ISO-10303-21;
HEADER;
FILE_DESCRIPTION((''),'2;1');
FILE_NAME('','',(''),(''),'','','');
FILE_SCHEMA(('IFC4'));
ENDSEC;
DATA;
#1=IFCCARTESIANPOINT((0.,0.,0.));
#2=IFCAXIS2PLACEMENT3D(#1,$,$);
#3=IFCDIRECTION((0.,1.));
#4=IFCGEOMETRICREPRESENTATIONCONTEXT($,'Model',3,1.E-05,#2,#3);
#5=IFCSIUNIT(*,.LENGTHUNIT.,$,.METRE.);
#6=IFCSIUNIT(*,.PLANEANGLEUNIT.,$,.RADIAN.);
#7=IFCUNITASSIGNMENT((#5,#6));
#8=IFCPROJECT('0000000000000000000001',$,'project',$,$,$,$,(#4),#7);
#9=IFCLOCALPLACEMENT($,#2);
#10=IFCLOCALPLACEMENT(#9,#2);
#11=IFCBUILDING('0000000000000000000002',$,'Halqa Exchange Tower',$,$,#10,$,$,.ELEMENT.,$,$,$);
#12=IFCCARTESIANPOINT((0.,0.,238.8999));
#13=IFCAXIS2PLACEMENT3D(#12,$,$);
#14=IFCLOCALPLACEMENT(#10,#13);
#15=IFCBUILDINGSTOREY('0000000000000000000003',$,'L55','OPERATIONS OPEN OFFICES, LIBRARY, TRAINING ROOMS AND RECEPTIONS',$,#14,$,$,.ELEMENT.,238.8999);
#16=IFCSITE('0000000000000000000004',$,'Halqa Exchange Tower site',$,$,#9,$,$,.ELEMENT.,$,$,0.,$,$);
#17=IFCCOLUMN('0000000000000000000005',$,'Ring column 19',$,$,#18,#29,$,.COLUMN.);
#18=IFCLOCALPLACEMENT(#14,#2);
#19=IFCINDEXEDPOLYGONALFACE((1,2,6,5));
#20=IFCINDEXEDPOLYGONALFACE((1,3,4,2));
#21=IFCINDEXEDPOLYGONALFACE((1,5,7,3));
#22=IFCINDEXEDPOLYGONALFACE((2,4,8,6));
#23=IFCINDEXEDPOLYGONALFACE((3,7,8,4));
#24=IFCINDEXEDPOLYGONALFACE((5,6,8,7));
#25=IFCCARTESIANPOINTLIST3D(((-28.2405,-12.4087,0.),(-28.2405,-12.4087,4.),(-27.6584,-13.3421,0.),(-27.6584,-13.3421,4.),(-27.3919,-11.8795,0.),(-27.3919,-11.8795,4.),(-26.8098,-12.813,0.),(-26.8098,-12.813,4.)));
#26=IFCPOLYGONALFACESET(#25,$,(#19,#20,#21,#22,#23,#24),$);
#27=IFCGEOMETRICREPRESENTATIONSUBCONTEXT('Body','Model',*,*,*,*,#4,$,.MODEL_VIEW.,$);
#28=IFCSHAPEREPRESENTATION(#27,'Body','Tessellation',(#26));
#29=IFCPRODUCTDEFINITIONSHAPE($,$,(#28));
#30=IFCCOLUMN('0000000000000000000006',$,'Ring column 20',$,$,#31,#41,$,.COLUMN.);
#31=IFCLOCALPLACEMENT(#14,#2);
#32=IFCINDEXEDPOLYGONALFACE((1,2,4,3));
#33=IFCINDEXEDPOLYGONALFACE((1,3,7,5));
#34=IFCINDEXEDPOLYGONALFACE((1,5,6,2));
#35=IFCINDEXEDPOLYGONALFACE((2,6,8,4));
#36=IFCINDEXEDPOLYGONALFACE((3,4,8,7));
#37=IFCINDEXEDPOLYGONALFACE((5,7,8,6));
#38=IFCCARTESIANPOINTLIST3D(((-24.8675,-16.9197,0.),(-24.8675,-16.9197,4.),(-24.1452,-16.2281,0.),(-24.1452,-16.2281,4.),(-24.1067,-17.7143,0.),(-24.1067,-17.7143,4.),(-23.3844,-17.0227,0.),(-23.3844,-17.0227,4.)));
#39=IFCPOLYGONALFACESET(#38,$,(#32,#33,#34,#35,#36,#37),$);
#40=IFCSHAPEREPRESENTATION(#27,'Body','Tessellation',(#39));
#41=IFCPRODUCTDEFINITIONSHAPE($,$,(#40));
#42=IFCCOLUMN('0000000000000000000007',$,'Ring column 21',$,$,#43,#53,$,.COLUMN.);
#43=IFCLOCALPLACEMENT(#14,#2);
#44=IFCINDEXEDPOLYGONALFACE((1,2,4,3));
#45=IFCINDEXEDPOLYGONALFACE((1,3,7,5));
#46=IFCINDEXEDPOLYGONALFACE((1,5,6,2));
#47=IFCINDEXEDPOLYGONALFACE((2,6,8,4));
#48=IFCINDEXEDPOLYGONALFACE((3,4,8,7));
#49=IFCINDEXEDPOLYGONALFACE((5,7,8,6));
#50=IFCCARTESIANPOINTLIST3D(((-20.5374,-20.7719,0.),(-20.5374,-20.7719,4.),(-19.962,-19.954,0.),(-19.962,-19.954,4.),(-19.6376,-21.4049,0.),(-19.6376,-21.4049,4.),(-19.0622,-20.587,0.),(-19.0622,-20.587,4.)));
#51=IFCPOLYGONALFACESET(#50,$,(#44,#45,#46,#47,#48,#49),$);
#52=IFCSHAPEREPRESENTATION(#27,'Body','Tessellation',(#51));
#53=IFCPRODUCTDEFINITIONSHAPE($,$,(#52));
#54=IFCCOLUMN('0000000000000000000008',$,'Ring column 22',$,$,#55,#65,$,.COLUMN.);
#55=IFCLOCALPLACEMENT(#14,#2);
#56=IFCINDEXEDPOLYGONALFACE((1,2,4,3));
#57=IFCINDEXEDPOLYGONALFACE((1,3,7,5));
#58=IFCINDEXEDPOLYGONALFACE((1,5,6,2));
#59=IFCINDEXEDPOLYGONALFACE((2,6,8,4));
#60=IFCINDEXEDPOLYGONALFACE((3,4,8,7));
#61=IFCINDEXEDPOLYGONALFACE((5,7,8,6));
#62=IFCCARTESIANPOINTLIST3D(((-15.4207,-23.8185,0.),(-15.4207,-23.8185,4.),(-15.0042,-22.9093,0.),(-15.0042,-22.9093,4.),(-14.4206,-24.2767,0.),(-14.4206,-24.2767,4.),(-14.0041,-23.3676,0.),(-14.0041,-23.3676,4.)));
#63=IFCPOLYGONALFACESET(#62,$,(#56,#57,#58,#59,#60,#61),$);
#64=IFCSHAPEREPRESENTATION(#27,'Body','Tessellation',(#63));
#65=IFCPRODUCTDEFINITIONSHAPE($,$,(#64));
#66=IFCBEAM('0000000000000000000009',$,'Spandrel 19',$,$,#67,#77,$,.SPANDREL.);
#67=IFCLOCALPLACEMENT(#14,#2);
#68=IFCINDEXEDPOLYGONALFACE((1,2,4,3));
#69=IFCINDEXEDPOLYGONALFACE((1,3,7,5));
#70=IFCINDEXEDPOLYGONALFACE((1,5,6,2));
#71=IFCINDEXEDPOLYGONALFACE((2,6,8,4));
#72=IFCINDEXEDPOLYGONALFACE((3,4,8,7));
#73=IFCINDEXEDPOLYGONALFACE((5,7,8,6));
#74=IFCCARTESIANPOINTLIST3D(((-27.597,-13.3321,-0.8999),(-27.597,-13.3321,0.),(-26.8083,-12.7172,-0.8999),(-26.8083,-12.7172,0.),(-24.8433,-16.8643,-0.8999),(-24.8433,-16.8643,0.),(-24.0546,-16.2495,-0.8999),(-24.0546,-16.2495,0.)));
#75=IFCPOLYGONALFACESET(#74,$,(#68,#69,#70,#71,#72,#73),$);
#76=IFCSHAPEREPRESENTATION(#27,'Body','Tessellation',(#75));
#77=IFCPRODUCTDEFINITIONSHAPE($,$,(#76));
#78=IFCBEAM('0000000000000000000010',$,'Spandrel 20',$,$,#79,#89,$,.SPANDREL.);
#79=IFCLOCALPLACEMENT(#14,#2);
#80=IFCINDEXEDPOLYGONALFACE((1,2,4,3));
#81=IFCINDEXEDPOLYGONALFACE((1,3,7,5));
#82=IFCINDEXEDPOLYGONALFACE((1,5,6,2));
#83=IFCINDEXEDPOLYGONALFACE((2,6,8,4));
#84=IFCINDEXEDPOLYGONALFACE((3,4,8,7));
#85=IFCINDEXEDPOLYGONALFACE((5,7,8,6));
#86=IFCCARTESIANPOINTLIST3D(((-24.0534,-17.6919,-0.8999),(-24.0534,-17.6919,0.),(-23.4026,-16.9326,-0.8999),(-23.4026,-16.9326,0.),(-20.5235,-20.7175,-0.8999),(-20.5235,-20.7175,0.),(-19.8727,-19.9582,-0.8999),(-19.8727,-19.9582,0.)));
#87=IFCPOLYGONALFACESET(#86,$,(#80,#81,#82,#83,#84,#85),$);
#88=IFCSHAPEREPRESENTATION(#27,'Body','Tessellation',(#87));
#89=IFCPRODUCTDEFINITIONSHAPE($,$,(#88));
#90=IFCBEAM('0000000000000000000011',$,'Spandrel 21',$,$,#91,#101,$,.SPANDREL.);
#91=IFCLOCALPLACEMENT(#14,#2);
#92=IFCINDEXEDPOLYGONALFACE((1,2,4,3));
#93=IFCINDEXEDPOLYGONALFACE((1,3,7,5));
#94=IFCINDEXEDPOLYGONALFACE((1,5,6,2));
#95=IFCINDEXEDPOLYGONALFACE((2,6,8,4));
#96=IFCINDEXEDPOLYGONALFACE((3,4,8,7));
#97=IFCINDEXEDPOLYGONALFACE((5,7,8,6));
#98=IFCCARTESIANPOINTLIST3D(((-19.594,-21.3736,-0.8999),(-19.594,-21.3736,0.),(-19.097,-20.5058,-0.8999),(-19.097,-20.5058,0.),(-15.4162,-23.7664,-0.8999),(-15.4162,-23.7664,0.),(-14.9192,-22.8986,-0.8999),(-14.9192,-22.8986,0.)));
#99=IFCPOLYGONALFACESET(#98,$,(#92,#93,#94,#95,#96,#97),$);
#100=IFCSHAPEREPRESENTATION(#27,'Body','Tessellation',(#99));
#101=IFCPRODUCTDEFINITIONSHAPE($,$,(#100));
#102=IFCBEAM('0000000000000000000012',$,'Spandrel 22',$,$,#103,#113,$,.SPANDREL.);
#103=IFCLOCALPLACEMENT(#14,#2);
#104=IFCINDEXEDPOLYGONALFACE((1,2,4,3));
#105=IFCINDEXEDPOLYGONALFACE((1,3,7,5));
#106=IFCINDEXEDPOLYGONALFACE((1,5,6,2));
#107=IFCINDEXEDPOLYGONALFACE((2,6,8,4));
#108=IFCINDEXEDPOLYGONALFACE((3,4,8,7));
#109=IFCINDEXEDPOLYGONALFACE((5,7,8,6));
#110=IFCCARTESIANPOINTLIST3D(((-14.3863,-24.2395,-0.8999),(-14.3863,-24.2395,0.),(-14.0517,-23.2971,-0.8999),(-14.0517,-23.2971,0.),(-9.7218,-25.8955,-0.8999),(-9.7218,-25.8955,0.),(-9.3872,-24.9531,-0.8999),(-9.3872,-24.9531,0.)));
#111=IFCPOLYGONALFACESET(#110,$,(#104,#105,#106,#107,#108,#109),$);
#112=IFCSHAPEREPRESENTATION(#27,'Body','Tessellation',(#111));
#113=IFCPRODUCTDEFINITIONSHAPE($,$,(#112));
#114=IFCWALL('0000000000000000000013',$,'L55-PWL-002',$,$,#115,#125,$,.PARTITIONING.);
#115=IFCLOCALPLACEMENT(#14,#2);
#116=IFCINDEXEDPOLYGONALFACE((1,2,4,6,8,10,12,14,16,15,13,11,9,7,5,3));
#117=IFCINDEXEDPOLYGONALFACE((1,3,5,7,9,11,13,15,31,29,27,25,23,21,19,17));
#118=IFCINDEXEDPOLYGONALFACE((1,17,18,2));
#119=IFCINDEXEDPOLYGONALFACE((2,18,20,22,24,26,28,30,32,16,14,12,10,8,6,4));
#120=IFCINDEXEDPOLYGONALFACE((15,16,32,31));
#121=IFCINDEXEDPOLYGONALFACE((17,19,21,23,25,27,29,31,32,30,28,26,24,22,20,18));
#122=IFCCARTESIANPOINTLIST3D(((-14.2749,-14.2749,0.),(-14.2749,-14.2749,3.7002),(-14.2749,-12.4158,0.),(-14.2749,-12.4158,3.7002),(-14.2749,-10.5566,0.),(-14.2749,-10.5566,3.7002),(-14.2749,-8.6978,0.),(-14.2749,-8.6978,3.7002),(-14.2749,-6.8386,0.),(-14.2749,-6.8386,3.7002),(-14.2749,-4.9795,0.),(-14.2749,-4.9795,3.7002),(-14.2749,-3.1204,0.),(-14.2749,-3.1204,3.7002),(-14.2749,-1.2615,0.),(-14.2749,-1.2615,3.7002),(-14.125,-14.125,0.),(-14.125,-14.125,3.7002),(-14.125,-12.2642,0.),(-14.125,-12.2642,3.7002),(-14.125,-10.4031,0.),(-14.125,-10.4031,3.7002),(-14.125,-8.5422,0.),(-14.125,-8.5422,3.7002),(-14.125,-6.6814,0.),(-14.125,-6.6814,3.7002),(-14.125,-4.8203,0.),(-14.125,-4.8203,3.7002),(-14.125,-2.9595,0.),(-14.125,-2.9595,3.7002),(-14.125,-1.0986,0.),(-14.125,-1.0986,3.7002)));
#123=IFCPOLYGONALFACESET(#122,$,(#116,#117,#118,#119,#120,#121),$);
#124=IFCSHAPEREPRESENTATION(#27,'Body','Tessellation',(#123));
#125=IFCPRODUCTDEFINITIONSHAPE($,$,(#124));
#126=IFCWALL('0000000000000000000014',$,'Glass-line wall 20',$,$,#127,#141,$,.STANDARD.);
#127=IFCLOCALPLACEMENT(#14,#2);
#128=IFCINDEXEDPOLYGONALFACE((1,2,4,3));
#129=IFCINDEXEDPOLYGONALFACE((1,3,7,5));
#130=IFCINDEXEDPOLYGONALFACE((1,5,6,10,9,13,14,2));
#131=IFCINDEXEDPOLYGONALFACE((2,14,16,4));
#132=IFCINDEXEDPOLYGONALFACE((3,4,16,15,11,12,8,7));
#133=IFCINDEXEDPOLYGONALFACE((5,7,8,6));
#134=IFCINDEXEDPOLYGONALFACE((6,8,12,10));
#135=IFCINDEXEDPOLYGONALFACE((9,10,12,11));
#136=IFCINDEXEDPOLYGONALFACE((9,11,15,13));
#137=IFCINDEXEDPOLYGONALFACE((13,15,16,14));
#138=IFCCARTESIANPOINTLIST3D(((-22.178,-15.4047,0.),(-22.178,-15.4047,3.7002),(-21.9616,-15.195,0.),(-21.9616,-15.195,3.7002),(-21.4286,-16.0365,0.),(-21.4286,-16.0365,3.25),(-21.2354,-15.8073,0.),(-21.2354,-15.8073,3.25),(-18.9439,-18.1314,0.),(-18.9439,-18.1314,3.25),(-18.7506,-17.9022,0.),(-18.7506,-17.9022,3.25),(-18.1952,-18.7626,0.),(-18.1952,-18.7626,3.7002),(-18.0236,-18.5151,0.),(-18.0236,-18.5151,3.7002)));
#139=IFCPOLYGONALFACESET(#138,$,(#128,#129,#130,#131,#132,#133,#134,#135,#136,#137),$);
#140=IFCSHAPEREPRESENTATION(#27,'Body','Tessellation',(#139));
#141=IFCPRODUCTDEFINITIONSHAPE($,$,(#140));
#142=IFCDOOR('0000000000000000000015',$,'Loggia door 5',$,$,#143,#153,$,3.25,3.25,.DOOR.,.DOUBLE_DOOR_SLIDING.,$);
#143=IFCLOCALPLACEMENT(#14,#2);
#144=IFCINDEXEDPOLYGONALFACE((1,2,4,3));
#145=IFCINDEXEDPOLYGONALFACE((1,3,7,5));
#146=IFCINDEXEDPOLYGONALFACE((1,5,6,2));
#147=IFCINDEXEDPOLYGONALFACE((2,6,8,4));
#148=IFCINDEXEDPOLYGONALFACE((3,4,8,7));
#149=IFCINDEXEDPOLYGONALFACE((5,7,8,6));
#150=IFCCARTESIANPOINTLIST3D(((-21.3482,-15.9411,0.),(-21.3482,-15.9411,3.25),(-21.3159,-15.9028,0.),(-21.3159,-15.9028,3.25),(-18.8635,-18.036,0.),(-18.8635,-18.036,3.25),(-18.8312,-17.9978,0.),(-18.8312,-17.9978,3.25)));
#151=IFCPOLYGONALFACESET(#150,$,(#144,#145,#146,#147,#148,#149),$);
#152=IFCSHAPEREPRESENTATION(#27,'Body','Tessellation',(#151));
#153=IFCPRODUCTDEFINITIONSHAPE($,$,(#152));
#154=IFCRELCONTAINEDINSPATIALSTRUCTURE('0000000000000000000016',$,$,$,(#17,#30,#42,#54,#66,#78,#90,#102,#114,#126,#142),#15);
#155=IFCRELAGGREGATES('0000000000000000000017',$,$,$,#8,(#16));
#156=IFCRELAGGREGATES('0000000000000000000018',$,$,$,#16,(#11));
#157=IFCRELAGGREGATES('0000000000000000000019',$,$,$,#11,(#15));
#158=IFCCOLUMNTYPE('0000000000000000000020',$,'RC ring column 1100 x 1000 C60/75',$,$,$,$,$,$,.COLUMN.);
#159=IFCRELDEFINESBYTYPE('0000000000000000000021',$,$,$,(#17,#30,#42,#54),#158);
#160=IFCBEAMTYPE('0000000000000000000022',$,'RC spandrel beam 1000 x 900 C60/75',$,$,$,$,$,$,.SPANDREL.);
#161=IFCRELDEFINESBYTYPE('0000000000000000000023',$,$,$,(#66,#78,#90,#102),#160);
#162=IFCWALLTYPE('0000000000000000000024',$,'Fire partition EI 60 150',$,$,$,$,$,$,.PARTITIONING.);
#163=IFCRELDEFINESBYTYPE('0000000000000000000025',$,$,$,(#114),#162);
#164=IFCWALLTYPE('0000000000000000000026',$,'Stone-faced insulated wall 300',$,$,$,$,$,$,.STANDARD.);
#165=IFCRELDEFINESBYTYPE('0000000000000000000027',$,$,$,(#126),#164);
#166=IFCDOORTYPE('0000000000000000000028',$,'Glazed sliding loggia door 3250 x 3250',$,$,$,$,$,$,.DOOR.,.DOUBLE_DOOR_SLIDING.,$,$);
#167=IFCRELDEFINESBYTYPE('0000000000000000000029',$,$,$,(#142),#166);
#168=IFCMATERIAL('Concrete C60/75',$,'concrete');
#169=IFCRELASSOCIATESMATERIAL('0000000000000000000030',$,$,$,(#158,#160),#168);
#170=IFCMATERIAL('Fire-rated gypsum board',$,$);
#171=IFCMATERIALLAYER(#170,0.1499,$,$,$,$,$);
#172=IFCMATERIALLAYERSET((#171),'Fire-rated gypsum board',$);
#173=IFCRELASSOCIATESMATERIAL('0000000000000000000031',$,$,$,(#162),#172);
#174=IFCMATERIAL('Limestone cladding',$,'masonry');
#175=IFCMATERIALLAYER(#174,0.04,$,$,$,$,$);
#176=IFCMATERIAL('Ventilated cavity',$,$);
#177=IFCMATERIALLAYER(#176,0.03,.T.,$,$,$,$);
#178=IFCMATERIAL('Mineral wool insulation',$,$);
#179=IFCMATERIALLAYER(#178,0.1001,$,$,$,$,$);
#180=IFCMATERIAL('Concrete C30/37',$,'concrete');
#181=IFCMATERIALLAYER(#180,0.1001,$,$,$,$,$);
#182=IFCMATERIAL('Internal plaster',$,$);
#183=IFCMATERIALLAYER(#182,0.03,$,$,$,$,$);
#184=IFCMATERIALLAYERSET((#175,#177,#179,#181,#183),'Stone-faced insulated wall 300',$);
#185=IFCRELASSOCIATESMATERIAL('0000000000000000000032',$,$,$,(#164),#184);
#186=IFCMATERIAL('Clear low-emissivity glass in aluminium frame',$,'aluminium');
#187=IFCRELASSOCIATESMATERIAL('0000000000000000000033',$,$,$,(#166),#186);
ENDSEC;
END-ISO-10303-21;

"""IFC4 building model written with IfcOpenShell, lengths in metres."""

from ifc_helpers import new_model, si_unit, direction, frame, frame_2d, origin, origin_2d, place, context, subcontext, project, spatial, polyline, rectangle, outline, extrude, material, layer, layer_set, material_profile, profile_set, type_object, element, fill, save


model = new_model("IFC4")

# Units and contexts
model_context = context("Model", 3, precision=1e-05, world=origin(), true_north=direction((0.0, 1.0)))
body_context = subcontext(model_context, "Body", "Model", "MODEL_VIEW")
ifc_project = project(units=[si_unit("LENGTHUNIT", "METRE"), si_unit("PLANEANGLEUNIT", "RADIAN")], contexts=[model_context])

# Site, building, storey
site_placement = place(None, origin())
site = spatial("IfcSite", under=ifc_project, at=site_placement, Name="Halqa Exchange Tower site", CompositionType="ELEMENT", RefElevation=0.0)
building_placement = place(site_placement, origin())
building = spatial("IfcBuilding", under=site, at=building_placement, Name="Halqa Exchange Tower", CompositionType="ELEMENT")
storey_placement = place(building_placement, frame((0.0, 0.0, 238.8999)))
storey = spatial("IfcBuildingStorey", under=building, at=storey_placement, Name="L55", Description="OPERATIONS OPEN OFFICES, LIBRARY, TRAINING ROOMS AND RECEPTIONS", CompositionType="ELEMENT", Elevation=238.8999)

# Columns
ifc_material_1 = material(Name="Concrete C60/75", Category="concrete")
ifc_material_profile_1 = material_profile(ifc_material_1, rectangle(XDim=1.1001, YDim=1.0, at=origin_2d()), Name="1100 x 1000")
ifc_profile_set_1 = profile_set([ifc_material_profile_1], Name="Concrete C60/75")
column_type = type_object("IfcColumnType", Name="RC ring column 1100 x 1000 C60/75", PredefinedType="COLUMN", material=ifc_profile_set_1)
for number, where, z_axis, x_axis, name in (
    (1, (-27.5251, -12.6108, 0.0), (0.0, 0.0, 1.0), (0.529148, -0.84853, 0.0), "Ring column 19"),
    (2, (-24.126, -16.9712, 0.0), (0.0, 0.0, 1.0), (0.691579, -0.722301, 0.0), "Ring column 20"),
    (3, (-19.7998, -20.6794, 0.0), (0.0, 0.0, 1.0), (0.817905, -0.575354, 0.0), "Ring column 21"),
    (4, (-14.7124, -23.593, 0.0), (0.0, 0.0, 1.0), (0.909126, -0.416522, 0.0), "Ring column 22"),
):
    element("IfcColumn", number, at=place(storey_placement, frame(where, z_axis=z_axis, x_axis=x_axis)), inside=storey, type_object=column_type, Name=name, PredefinedType="COLUMN", context=body_context, shape_type="SweptSolid", body=[
        extrude(rectangle(XDim=1.1001, YDim=1.0, at=origin_2d()), origin(), (0.0, 0.0, 1.0), 4.0),
    ])

# Beams
ifc_material_profile_2 = material_profile(ifc_material_1, rectangle(XDim=1.0, YDim=0.8999, at=origin_2d()), Name="1000 x 900")
ifc_profile_set_2 = profile_set([ifc_material_profile_2], Name="Concrete C60/75")
beam_type = type_object("IfcBeamType", Name="RC spandrel beam 1000 x 900 C60/75", PredefinedType="SPANDREL", material=ifc_profile_set_2)
beam_1_placement = place(storey_placement, frame((-27.2026, -13.0247, -0.45), z_axis=(0.614827, -0.788662, 0.0), x_axis=(0.788662, 0.614827, 0.0)))
element("IfcBeam", 5, at=beam_1_placement, inside=storey, type_object=beam_type, Name="Spandrel 19", PredefinedType="SPANDREL", context=body_context, shape_type="SweptSolid", body=[
    extrude(rectangle(XDim=1.0, YDim=0.8999, at=origin_2d()), origin(), (0.0, 0.0, 1.0), 4.4788),
])
beam_2_placement = place(storey_placement, frame((-23.728, -17.3123, -0.45), z_axis=(0.759268, -0.650778, 0.0), x_axis=(0.650778, 0.759268, 0.0)))
element("IfcBeam", 6, at=beam_2_placement, inside=storey, type_object=beam_type, Name="Spandrel 20", PredefinedType="SPANDREL", context=body_context, shape_type="SweptSolid", body=[
    extrude(rectangle(XDim=1.0, YDim=0.8999, at=origin_2d()), origin(), (0.0, 0.0, 1.0), 4.6492),
])
beam_3_placement = place(storey_placement, frame((-19.3455, -20.9397, -0.45), z_axis=(0.867747, -0.497007, 0.0), x_axis=(0.497007, 0.867747, 0.0)))
element("IfcBeam", 7, at=beam_3_placement, inside=storey, type_object=beam_type, Name="Spandrel 21", PredefinedType="SPANDREL", context=body_context, shape_type="SweptSolid", body=[
    extrude(rectangle(XDim=1.0, YDim=0.8999, at=origin_2d()), origin(), (0.0, 0.0, 1.0), 4.8145),
])
beam_4_placement = place(storey_placement, frame((-14.219, -23.7683, -0.45), z_axis=(0.942374, -0.334561, 0.0), x_axis=(0.334561, 0.942374, 0.0)))
element("IfcBeam", 8, at=beam_4_placement, inside=storey, type_object=beam_type, Name="Spandrel 22", PredefinedType="SPANDREL", context=body_context, shape_type="SweptSolid", body=[
    extrude(rectangle(XDim=1.0, YDim=0.8999, at=origin_2d()), origin(), (0.0, 0.0, 1.0), 4.9497),
])

# Wall
ifc_material_2 = material(Name="Fire-rated gypsum board")
ifc_layer_1 = layer(ifc_material_2, 0.1499)
ifc_layer_set_1 = layer_set([ifc_layer_1], Name="Fire-rated gypsum board")
wall_type_1 = type_object("IfcWallType", Name="Fire partition EI 60 150", PredefinedType="PARTITIONING", material=ifc_layer_set_1)
wall_1_placement = place(storey_placement, frame((-14.2, -14.2749, 0.0), z_axis=(0.0, 0.0, 1.0), x_axis=(0.0, 1.0, 0.0)))
element("IfcWall", 9, at=wall_1_placement, inside=storey, type_object=wall_type_1, Name="L55-PWL-002", PredefinedType="PARTITIONING", context=body_context, shape_type="SweptSolid", body=[
    extrude(outline(polyline([(0.1499, -0.075), (2.0107, -0.075), (3.8718, -0.075), (5.7327, -0.075), (7.5935, -0.075), (9.4546, -0.075), (11.3154, -0.075), (13.1763, -0.075), (13.0134, 0.075), (11.1545, 0.075), (9.2954, 0.075), (7.4363, 0.075), (5.5771, 0.075), (3.7183, 0.075), (1.8591, 0.075), (0.0, 0.075), (0.1499, -0.075)])), origin(), (0.0, 0.0, 1.0), 3.7002),
])

# Wall, opening, door
ifc_material_3 = material(Name="Limestone cladding", Category="masonry")
ifc_layer_2 = layer(ifc_material_3, 0.04)
ifc_material_4 = material(Name="Ventilated cavity")
ifc_layer_3 = layer(ifc_material_4, 0.03, ventilated=True)
ifc_material_5 = material(Name="Mineral wool insulation")
ifc_layer_4 = layer(ifc_material_5, 0.1001)
ifc_material_6 = material(Name="Concrete C30/37", Category="concrete")
ifc_layer_5 = layer(ifc_material_6, 0.1001)
ifc_material_7 = material(Name="Internal plaster")
ifc_layer_6 = layer(ifc_material_7, 0.03)
ifc_layer_set_2 = layer_set([ifc_layer_2, ifc_layer_3, ifc_layer_4, ifc_layer_5, ifc_layer_6], Name="Stone-faced insulated wall 300")
wall_type_2 = type_object("IfcWallType", Name="Stone-faced insulated wall 300", PredefinedType="STANDARD", material=ifc_layer_set_2)
wall_2_placement = place(storey_placement, frame((-22.0698, -15.2998, 0.0), z_axis=(0.0, 0.0, 1.0), x_axis=(0.764531, -0.644587, 0.0)))
wall_2 = element("IfcWall", 10, at=wall_2_placement, inside=storey, type_object=wall_type_2, Name="Glass-line wall 20", PredefinedType="STANDARD", context=body_context, shape_type="SweptSolid", body=[
    extrude(outline(polyline([(-0.0151, -0.1499), (5.1943, -0.1499), (5.166, 0.1499), (0.0151, 0.1499), (-0.0151, -0.1499)])), origin(), (0.0, 0.0, 1.0), 3.7002),
])
opening_1_placement = place(wall_2_placement, frame((0.9651, 0.0, 0.0)))
opening_1 = element("IfcOpeningElement", 11, at=opening_1_placement, cuts=wall_2, PredefinedType="OPENING", context=body_context, shape_type="SweptSolid", body=[
    extrude(rectangle(XDim=3.25, YDim=3.25, at=frame_2d((1.625, 1.625))), frame((0.0, 0.1621, 0.0), z_axis=(0.0, -1.0, 0.0), x_axis=(1.0, 0.0, 0.0)), (0.0, 0.0, 1.0), 0.324),
])
ifc_material_8 = material(Name="Clear low-emissivity glass in aluminium frame", Category="aluminium")
door_type = type_object("IfcDoorType", Name="Glazed sliding loggia door 3250 x 3250", OperationType="DOUBLE_DOOR_SLIDING", PredefinedType="DOOR", material=ifc_material_8)
door_placement = place(opening_1_placement, origin())
door = element("IfcDoor", 12, at=door_placement, inside=storey, type_object=door_type, Name="Loggia door 5", OperationType="DOUBLE_DOOR_SLIDING", OverallHeight=3.25, OverallWidth=3.25, PredefinedType="DOOR", context=body_context, shape_type="SweptSolid", body=[
    extrude(rectangle(XDim=3.25, YDim=3.25, at=frame_2d((1.625, 1.625))), frame((0.0, 0.0249, 0.0), z_axis=(0.0, -1.0, 0.0), x_axis=(1.0, 0.0, 0.0)), (0.0, 0.0, 1.0), 0.05),
])
fill(opening_1, door)

save(model, "model.ifc")
